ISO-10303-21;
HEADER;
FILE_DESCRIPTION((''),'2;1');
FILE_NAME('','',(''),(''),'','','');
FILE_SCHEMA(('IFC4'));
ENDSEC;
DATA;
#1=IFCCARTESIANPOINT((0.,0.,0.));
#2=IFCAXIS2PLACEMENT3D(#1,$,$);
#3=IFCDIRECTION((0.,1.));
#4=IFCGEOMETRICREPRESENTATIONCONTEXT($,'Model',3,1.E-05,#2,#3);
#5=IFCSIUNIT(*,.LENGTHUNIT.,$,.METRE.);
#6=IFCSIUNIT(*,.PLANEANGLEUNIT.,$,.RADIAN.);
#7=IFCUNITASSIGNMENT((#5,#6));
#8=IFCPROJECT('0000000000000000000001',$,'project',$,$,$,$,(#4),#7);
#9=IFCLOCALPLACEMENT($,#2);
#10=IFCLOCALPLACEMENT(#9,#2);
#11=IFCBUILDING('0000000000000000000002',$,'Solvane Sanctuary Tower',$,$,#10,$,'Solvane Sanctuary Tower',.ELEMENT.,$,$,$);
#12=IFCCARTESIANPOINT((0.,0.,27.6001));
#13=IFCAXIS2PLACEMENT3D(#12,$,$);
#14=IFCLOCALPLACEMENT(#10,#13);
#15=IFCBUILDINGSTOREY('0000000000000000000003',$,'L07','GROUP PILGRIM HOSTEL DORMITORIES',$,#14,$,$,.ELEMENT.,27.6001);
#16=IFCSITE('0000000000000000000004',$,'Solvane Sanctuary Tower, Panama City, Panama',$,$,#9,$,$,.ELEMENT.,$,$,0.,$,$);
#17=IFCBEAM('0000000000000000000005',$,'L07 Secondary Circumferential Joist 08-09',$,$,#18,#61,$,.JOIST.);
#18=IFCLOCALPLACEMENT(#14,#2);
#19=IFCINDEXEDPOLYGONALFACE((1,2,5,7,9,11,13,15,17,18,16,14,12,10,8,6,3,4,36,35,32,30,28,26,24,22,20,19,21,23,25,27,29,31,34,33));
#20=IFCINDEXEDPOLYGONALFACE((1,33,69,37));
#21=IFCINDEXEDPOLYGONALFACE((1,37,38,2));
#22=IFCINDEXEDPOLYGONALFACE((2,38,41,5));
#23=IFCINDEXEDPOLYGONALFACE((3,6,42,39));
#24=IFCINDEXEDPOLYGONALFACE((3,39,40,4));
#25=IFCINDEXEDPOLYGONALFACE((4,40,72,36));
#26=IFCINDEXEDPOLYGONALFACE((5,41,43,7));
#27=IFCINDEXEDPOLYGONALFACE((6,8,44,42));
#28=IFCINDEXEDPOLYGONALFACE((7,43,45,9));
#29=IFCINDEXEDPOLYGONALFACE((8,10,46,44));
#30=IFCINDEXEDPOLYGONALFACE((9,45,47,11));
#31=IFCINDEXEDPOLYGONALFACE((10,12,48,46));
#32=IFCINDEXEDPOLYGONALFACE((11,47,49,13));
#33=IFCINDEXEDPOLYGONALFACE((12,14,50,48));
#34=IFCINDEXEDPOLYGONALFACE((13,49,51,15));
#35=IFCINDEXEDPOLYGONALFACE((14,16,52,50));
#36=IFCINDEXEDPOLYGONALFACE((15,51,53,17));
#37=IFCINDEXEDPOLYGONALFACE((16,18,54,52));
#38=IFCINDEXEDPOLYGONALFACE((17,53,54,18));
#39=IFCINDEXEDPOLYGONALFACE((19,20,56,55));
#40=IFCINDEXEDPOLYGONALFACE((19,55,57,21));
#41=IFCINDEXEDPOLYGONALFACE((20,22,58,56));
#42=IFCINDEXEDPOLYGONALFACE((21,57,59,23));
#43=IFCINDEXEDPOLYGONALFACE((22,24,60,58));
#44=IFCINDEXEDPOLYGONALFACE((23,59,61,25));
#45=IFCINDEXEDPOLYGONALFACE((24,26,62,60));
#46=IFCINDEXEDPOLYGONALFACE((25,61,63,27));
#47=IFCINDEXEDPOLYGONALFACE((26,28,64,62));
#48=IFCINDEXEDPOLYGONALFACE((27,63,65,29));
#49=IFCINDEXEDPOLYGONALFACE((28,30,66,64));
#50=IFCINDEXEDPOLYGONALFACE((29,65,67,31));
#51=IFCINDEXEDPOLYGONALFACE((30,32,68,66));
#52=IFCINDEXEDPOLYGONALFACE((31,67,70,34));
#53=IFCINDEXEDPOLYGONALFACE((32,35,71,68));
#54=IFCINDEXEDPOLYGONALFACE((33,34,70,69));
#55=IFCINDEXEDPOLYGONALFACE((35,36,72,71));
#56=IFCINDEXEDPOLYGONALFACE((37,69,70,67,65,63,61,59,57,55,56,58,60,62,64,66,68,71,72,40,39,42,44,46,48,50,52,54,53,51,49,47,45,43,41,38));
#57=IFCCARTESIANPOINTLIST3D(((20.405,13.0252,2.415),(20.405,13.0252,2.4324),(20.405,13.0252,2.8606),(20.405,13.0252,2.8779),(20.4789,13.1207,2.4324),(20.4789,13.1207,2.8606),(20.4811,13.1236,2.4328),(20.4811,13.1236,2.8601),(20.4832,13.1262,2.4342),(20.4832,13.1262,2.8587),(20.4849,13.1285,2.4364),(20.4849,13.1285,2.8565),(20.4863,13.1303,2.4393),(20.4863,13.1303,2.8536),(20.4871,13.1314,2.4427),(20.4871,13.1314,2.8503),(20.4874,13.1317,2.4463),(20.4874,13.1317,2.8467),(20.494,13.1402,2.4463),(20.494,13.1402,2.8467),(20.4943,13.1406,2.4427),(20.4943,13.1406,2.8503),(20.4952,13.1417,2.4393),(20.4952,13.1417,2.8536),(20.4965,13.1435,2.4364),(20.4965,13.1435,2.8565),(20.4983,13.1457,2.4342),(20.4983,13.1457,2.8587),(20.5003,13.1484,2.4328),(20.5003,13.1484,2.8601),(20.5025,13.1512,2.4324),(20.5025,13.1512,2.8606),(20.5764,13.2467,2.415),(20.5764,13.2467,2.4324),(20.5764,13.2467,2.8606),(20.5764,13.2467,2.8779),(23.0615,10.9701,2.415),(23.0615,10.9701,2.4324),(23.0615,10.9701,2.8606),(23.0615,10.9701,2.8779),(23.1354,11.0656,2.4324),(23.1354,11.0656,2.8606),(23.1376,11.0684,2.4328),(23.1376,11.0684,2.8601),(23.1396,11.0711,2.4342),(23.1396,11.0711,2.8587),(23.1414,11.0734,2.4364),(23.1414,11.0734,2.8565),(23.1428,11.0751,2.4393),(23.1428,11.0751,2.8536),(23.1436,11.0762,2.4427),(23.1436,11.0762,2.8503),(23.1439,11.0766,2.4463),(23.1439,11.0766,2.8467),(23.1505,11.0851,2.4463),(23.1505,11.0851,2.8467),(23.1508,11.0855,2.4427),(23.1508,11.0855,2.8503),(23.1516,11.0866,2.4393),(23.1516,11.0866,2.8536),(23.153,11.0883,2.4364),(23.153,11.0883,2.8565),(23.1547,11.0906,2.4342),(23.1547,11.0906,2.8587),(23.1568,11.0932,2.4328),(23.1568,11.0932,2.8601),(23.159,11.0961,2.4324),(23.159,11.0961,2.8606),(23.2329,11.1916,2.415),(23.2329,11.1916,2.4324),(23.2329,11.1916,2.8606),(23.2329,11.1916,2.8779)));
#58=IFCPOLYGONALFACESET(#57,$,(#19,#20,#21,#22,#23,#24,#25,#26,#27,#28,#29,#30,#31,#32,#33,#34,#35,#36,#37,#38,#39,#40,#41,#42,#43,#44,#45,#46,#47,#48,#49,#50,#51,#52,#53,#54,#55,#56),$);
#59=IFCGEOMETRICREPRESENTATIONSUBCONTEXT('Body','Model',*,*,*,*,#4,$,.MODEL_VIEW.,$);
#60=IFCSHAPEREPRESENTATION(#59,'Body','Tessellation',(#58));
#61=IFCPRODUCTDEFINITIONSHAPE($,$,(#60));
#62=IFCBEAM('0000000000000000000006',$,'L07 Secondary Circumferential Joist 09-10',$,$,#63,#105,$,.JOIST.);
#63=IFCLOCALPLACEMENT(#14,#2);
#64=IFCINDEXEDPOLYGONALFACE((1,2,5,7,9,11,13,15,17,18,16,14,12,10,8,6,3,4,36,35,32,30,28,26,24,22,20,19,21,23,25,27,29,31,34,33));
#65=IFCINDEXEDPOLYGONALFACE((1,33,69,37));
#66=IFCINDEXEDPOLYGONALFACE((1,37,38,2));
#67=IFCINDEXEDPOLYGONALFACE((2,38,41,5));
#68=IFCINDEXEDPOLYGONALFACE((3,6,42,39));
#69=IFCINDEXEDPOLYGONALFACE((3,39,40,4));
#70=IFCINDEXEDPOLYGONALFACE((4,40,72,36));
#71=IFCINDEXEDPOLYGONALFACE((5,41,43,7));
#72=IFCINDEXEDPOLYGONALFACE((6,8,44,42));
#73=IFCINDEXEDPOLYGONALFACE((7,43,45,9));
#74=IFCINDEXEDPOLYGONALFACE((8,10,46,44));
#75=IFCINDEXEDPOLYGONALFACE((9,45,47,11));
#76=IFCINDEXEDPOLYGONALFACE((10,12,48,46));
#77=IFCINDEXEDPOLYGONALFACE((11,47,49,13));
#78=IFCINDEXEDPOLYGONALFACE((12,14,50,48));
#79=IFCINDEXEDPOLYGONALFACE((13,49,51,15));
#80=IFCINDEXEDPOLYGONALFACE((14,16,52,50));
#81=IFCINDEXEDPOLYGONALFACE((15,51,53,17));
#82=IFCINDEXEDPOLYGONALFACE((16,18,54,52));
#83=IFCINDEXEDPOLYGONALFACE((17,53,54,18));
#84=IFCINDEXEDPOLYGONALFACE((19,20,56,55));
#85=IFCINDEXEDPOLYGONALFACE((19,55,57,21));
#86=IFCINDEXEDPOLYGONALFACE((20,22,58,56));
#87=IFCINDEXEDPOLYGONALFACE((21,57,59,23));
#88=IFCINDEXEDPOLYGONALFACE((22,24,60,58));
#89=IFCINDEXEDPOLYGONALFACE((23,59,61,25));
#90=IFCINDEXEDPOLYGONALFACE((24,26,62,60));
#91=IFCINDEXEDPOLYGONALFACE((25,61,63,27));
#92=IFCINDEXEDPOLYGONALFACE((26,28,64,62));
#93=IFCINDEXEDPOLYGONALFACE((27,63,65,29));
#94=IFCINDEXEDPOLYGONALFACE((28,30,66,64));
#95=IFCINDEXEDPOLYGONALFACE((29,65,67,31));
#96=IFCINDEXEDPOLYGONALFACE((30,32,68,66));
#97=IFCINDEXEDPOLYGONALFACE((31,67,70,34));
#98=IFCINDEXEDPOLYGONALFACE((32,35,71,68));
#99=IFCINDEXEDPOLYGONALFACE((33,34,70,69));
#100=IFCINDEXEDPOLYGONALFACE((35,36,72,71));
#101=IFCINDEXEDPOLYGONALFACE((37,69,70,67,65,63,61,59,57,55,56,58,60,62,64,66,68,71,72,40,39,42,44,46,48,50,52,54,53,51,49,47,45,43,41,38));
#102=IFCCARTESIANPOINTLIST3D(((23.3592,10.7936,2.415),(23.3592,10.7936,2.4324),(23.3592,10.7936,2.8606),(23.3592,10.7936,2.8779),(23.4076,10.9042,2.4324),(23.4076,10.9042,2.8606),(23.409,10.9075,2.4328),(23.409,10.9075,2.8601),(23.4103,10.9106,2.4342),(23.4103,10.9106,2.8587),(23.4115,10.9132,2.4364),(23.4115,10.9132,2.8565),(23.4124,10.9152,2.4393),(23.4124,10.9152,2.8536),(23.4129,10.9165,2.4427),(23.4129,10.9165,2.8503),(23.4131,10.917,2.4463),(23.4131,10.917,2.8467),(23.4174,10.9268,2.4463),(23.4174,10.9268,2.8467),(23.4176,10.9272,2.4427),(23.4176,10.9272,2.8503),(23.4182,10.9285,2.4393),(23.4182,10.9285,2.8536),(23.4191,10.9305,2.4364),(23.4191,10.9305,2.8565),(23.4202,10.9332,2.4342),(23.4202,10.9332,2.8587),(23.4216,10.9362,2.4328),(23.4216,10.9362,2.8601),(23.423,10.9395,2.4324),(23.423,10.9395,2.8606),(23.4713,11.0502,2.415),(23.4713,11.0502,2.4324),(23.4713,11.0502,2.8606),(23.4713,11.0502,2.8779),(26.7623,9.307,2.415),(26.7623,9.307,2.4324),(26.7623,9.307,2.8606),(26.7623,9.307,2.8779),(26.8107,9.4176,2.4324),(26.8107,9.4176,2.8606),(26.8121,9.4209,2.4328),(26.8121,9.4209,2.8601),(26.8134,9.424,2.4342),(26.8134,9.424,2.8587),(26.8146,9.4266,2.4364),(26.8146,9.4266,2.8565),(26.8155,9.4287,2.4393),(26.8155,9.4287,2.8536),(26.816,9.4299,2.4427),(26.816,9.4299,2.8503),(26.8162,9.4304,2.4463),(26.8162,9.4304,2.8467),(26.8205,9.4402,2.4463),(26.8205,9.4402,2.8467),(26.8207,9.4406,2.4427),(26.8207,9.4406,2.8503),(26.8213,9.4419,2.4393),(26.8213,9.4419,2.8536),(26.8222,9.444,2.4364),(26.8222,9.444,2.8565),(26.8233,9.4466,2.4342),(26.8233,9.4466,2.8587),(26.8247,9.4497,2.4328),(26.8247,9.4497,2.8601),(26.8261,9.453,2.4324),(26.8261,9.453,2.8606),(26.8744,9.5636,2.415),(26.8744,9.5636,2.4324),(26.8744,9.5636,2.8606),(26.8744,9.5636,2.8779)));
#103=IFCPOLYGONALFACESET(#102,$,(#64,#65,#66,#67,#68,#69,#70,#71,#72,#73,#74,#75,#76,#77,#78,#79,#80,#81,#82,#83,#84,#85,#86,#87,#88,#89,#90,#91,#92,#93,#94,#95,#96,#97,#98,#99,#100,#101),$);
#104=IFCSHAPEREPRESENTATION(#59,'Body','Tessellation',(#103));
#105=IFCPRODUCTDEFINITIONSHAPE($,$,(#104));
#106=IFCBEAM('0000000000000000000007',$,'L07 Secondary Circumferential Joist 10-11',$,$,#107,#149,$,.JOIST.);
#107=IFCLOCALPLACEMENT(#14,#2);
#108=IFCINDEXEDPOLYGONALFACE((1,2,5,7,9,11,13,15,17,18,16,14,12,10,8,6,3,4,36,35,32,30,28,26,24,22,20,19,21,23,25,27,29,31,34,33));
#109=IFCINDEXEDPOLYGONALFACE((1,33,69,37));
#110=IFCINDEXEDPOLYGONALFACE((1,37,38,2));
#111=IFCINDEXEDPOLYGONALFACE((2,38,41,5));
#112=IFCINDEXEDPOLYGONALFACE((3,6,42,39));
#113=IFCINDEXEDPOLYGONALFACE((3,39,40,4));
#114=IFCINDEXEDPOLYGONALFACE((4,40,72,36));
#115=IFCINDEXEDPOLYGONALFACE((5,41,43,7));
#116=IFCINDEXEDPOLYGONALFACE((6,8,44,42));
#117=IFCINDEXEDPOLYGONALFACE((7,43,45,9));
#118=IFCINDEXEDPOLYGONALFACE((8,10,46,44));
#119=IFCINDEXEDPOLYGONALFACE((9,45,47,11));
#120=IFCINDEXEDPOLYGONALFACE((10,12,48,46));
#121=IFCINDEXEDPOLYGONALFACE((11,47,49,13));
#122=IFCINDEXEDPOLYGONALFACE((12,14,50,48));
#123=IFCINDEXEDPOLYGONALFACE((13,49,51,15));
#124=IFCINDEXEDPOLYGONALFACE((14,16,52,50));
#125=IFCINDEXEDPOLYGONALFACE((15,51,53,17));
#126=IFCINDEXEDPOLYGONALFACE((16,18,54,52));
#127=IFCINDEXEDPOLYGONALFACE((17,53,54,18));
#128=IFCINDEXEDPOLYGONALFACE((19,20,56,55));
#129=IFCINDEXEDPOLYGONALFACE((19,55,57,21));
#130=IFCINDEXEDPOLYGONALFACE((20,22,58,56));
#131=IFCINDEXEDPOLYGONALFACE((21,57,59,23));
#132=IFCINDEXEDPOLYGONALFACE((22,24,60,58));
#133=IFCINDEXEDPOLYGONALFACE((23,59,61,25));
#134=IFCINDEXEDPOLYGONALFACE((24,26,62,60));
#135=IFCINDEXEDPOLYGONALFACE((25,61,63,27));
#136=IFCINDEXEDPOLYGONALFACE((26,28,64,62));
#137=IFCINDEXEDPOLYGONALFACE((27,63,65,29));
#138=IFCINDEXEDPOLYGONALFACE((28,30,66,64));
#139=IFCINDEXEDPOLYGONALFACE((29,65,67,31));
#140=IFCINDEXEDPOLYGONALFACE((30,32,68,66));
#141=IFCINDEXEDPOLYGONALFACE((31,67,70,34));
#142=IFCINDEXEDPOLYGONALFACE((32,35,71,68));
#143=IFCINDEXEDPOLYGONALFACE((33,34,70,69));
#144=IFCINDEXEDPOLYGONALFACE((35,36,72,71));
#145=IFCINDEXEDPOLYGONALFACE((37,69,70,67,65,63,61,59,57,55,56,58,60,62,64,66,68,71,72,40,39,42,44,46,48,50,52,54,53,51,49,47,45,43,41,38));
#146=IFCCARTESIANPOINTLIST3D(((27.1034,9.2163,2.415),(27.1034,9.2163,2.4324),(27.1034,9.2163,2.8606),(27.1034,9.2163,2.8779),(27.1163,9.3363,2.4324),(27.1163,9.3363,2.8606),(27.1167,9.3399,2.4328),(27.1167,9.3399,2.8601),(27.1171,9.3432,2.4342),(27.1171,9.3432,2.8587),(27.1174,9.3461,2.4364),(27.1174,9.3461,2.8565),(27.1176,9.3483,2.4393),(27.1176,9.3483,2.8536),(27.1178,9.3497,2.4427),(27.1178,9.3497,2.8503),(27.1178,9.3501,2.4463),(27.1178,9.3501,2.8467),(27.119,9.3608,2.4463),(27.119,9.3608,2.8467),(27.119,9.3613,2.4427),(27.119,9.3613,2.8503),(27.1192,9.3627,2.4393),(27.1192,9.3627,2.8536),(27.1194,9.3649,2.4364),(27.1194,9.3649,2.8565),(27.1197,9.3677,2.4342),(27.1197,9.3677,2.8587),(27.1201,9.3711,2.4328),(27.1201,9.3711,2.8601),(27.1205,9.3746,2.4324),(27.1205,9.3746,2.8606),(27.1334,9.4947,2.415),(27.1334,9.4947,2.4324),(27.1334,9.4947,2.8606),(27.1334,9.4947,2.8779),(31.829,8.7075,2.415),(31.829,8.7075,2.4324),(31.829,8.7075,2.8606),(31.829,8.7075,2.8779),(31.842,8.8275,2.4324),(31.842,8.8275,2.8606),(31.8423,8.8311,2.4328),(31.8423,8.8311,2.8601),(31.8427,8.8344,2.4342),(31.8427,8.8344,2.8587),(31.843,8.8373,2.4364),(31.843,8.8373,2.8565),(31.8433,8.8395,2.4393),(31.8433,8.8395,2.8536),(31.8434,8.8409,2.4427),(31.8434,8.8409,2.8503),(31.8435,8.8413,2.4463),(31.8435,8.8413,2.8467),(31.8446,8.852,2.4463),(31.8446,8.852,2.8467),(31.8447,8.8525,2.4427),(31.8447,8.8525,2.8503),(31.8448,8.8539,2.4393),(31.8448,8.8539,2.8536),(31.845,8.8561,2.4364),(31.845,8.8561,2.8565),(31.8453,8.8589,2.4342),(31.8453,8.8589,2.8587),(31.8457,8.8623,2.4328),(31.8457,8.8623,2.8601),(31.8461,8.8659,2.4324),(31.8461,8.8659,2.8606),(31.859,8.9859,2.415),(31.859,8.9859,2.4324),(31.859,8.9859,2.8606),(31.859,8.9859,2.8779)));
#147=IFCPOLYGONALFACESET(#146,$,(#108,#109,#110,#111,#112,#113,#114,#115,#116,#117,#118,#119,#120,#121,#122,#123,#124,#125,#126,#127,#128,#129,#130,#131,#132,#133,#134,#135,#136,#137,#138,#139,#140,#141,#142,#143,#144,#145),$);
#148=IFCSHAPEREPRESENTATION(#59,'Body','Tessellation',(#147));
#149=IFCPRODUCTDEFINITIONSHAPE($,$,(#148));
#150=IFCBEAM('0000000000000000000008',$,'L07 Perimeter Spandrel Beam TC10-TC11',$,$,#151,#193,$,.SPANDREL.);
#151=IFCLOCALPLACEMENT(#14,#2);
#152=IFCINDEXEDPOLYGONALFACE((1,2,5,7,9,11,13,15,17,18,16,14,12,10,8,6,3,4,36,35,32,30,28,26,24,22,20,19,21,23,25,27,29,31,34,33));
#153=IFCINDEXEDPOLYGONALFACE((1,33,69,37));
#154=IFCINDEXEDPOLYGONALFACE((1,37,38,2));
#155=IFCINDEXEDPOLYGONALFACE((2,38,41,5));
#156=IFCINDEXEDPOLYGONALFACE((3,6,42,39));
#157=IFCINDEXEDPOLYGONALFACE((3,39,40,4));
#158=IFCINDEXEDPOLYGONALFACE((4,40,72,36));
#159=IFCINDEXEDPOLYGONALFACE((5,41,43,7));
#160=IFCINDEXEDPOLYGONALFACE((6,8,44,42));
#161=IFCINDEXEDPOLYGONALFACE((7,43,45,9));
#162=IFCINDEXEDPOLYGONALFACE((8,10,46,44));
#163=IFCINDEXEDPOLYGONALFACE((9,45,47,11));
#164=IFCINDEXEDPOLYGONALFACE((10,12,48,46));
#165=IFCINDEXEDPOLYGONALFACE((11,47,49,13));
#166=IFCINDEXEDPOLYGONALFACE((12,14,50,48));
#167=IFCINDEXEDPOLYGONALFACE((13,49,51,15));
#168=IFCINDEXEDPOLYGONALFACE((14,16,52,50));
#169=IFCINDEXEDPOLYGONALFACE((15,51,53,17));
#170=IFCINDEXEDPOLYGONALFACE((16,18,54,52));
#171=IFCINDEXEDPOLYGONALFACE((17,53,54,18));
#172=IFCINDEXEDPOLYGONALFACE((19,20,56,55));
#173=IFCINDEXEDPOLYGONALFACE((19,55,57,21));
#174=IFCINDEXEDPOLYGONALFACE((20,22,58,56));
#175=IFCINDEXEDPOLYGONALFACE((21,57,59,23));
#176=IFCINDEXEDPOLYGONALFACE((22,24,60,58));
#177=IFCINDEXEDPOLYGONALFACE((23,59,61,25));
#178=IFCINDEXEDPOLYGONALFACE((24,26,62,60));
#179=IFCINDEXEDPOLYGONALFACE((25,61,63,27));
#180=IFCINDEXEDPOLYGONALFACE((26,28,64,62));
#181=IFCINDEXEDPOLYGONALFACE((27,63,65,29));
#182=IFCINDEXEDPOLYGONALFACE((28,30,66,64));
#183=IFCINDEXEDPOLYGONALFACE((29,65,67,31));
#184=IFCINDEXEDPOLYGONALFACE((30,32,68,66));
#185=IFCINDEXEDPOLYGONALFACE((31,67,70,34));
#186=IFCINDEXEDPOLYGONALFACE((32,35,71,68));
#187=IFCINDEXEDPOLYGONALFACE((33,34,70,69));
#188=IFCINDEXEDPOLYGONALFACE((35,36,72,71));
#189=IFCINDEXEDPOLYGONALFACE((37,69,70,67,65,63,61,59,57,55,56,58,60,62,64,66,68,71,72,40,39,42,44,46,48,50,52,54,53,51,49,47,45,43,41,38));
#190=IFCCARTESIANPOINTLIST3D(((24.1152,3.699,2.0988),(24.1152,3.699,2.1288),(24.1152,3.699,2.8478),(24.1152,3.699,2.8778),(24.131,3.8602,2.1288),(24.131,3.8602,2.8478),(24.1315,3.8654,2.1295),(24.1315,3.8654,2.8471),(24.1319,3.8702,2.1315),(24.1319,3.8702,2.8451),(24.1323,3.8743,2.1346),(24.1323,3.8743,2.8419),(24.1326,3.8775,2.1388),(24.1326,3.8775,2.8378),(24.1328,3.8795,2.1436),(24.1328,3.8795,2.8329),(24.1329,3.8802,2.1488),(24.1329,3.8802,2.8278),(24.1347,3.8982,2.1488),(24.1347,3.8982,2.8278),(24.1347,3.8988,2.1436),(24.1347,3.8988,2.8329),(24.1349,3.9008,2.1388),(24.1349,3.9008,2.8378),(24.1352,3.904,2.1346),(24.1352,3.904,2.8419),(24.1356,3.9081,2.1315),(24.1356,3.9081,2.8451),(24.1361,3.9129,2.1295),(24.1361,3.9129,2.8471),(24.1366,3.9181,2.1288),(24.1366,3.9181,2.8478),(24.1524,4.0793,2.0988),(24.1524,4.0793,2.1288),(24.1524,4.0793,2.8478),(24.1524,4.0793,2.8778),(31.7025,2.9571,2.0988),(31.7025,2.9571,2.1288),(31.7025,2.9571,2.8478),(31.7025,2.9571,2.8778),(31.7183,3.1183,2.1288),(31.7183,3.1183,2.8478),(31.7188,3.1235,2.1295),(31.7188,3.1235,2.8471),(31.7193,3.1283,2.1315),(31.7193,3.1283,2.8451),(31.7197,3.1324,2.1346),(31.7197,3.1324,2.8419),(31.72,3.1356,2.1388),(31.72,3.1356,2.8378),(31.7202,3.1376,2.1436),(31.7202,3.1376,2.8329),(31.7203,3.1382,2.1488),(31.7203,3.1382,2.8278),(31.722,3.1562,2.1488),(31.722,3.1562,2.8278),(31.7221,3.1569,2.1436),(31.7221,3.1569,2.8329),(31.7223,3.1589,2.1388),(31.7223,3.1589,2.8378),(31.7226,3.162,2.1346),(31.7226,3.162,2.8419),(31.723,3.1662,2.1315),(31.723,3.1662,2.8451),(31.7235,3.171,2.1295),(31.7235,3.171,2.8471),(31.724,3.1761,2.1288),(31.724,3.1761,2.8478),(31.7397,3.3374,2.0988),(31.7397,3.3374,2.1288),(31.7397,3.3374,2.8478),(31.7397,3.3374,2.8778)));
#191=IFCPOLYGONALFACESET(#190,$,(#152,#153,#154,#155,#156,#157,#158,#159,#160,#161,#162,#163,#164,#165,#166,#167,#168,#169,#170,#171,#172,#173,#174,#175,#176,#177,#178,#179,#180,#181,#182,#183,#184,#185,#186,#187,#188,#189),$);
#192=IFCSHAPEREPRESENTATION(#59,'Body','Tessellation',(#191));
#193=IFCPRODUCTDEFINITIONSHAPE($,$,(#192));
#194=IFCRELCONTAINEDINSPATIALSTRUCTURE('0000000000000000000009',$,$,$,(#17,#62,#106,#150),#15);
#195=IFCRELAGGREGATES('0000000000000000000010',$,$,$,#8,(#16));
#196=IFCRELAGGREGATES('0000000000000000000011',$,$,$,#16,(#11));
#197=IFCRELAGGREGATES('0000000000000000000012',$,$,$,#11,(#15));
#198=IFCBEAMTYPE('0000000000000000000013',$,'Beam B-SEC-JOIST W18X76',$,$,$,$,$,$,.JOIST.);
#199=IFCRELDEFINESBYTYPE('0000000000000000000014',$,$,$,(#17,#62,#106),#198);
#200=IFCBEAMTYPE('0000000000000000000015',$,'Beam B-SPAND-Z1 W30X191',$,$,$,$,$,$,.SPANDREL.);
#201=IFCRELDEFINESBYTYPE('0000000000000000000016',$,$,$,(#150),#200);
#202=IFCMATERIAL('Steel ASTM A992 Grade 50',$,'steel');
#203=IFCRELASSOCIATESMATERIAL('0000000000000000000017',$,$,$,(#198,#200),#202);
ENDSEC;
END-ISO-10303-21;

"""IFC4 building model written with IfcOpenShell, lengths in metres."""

from ifc_helpers import new_model, si_unit, direction, frame, origin, origin_2d, place, context, subcontext, project, spatial, i_section, extrude, material, material_profile, profile_set, type_object, element, save


model = new_model("IFC4")

# Units and contexts
model_context = context("Model", 3, precision=1e-05, world=origin(), true_north=direction((0.0, 1.0)))
body_context = subcontext(model_context, "Body", "Model", "MODEL_VIEW")
ifc_project = project(units=[si_unit("LENGTHUNIT", "METRE"), si_unit("PLANEANGLEUNIT", "RADIAN")], contexts=[model_context])

# Site, building, storey
site_placement = place(None, origin())
site = spatial("IfcSite", under=ifc_project, at=site_placement, Name="Solvane Sanctuary Tower, Panama City, Panama", CompositionType="ELEMENT", RefElevation=0.0)
building_placement = place(site_placement, origin())
building = spatial("IfcBuilding", under=site, at=building_placement, Name="Solvane Sanctuary Tower", LongName="Solvane Sanctuary Tower", CompositionType="ELEMENT")
storey_placement = place(building_placement, frame((0.0, 0.0, 27.6001)))
storey = spatial("IfcBuildingStorey", under=building, at=storey_placement, Name="L07", Description="GROUP PILGRIM HOSTEL DORMITORIES", CompositionType="ELEMENT", Elevation=27.6001)

# Beams
ifc_material_1 = material(Name="Steel ASTM A992 Grade 50", Category="steel")
ifc_material_profile_1 = material_profile(ifc_material_1, i_section(OverallWidth=0.28, OverallDepth=0.4629, WebThickness=0.0107, FlangeThickness=0.0173, FilletRadius=0.0139, at=origin_2d()), Name="W18X76")
ifc_profile_set_1 = profile_set([ifc_material_profile_1], Name="Steel ASTM A992 Grade 50")
beam_type_1 = type_object("IfcBeamType", Name="Beam B-SEC-JOIST W18X76", PredefinedType="JOIST", material=ifc_profile_set_1)
beam_1_placement = place(storey_placement, frame((20.4907, 13.136, 2.6465), z_axis=(0.790935, -0.6119, 0.0), x_axis=(0.6119, 0.790935, 0.0)))
element("IfcBeam", 1, at=beam_1_placement, inside=storey, type_object=beam_type_1, Name="L07 Secondary Circumferential Joist 08-09", PredefinedType="JOIST", context=body_context, shape_type="SweptSolid", body=[
    extrude(i_section(OverallWidth=0.28, OverallDepth=0.4629, WebThickness=0.0107, FlangeThickness=0.0173, FilletRadius=0.0139, at=origin_2d()), origin(), (0.0, 0.0, 1.0), 3.3586),
])
beam_2_placement = place(storey_placement, frame((23.4153, 10.9219, 2.6465), z_axis=(0.916382, -0.400305, 0.0), x_axis=(0.400305, 0.916382, 0.0)))
element("IfcBeam", 2, at=beam_2_placement, inside=storey, type_object=beam_type_1, Name="L07 Secondary Circumferential Joist 09-10", PredefinedType="JOIST", context=body_context, shape_type="SweptSolid", body=[
    extrude(i_section(OverallWidth=0.28, OverallDepth=0.4629, WebThickness=0.0107, FlangeThickness=0.0173, FilletRadius=0.0139, at=origin_2d()), origin(), (0.0, 0.0, 1.0), 3.7136),
])
beam_3_placement = place(storey_placement, frame((27.1184, 9.3555, 2.6465), z_axis=(0.994254, -0.107048, 0.0), x_axis=(0.107048, 0.994254, 0.0)))
element("IfcBeam", 3, at=beam_3_placement, inside=storey, type_object=beam_type_1, Name="L07 Secondary Circumferential Joist 10-11", PredefinedType="JOIST", context=body_context, shape_type="SweptSolid", body=[
    extrude(i_section(OverallWidth=0.28, OverallDepth=0.4629, WebThickness=0.0107, FlangeThickness=0.0173, FilletRadius=0.0139, at=origin_2d()), origin(), (0.0, 0.0, 1.0), 4.7529),
])
ifc_material_profile_2 = material_profile(ifc_material_1, i_section(OverallWidth=0.3821, OverallDepth=0.7791, WebThickness=0.0181, FlangeThickness=0.03, FilletRadius=0.02, at=origin_2d()), Name="W30X191")
ifc_profile_set_2 = profile_set([ifc_material_profile_2], Name="Steel ASTM A992 Grade 50")
beam_type_2 = type_object("IfcBeamType", Name="Beam B-SPAND-Z1 W30X191", PredefinedType="SPANDREL", material=ifc_profile_set_2)
beam_4_placement = place(storey_placement, frame((24.1338, 3.8892, 2.4883), z_axis=(0.995253, -0.097322, 0.0), x_axis=(0.097322, 0.995253, 0.0)))
element("IfcBeam", 4, at=beam_4_placement, inside=storey, type_object=beam_type_2, Name="L07 Perimeter Spandrel Beam TC10-TC11", PredefinedType="SPANDREL", context=body_context, shape_type="SweptSolid", body=[
    extrude(i_section(OverallWidth=0.3821, OverallDepth=0.7791, WebThickness=0.0181, FlangeThickness=0.03, FilletRadius=0.02, at=origin_2d()), origin(), (0.0, 0.0, 1.0), 7.6235),
])

save(model, "model.ifc")
